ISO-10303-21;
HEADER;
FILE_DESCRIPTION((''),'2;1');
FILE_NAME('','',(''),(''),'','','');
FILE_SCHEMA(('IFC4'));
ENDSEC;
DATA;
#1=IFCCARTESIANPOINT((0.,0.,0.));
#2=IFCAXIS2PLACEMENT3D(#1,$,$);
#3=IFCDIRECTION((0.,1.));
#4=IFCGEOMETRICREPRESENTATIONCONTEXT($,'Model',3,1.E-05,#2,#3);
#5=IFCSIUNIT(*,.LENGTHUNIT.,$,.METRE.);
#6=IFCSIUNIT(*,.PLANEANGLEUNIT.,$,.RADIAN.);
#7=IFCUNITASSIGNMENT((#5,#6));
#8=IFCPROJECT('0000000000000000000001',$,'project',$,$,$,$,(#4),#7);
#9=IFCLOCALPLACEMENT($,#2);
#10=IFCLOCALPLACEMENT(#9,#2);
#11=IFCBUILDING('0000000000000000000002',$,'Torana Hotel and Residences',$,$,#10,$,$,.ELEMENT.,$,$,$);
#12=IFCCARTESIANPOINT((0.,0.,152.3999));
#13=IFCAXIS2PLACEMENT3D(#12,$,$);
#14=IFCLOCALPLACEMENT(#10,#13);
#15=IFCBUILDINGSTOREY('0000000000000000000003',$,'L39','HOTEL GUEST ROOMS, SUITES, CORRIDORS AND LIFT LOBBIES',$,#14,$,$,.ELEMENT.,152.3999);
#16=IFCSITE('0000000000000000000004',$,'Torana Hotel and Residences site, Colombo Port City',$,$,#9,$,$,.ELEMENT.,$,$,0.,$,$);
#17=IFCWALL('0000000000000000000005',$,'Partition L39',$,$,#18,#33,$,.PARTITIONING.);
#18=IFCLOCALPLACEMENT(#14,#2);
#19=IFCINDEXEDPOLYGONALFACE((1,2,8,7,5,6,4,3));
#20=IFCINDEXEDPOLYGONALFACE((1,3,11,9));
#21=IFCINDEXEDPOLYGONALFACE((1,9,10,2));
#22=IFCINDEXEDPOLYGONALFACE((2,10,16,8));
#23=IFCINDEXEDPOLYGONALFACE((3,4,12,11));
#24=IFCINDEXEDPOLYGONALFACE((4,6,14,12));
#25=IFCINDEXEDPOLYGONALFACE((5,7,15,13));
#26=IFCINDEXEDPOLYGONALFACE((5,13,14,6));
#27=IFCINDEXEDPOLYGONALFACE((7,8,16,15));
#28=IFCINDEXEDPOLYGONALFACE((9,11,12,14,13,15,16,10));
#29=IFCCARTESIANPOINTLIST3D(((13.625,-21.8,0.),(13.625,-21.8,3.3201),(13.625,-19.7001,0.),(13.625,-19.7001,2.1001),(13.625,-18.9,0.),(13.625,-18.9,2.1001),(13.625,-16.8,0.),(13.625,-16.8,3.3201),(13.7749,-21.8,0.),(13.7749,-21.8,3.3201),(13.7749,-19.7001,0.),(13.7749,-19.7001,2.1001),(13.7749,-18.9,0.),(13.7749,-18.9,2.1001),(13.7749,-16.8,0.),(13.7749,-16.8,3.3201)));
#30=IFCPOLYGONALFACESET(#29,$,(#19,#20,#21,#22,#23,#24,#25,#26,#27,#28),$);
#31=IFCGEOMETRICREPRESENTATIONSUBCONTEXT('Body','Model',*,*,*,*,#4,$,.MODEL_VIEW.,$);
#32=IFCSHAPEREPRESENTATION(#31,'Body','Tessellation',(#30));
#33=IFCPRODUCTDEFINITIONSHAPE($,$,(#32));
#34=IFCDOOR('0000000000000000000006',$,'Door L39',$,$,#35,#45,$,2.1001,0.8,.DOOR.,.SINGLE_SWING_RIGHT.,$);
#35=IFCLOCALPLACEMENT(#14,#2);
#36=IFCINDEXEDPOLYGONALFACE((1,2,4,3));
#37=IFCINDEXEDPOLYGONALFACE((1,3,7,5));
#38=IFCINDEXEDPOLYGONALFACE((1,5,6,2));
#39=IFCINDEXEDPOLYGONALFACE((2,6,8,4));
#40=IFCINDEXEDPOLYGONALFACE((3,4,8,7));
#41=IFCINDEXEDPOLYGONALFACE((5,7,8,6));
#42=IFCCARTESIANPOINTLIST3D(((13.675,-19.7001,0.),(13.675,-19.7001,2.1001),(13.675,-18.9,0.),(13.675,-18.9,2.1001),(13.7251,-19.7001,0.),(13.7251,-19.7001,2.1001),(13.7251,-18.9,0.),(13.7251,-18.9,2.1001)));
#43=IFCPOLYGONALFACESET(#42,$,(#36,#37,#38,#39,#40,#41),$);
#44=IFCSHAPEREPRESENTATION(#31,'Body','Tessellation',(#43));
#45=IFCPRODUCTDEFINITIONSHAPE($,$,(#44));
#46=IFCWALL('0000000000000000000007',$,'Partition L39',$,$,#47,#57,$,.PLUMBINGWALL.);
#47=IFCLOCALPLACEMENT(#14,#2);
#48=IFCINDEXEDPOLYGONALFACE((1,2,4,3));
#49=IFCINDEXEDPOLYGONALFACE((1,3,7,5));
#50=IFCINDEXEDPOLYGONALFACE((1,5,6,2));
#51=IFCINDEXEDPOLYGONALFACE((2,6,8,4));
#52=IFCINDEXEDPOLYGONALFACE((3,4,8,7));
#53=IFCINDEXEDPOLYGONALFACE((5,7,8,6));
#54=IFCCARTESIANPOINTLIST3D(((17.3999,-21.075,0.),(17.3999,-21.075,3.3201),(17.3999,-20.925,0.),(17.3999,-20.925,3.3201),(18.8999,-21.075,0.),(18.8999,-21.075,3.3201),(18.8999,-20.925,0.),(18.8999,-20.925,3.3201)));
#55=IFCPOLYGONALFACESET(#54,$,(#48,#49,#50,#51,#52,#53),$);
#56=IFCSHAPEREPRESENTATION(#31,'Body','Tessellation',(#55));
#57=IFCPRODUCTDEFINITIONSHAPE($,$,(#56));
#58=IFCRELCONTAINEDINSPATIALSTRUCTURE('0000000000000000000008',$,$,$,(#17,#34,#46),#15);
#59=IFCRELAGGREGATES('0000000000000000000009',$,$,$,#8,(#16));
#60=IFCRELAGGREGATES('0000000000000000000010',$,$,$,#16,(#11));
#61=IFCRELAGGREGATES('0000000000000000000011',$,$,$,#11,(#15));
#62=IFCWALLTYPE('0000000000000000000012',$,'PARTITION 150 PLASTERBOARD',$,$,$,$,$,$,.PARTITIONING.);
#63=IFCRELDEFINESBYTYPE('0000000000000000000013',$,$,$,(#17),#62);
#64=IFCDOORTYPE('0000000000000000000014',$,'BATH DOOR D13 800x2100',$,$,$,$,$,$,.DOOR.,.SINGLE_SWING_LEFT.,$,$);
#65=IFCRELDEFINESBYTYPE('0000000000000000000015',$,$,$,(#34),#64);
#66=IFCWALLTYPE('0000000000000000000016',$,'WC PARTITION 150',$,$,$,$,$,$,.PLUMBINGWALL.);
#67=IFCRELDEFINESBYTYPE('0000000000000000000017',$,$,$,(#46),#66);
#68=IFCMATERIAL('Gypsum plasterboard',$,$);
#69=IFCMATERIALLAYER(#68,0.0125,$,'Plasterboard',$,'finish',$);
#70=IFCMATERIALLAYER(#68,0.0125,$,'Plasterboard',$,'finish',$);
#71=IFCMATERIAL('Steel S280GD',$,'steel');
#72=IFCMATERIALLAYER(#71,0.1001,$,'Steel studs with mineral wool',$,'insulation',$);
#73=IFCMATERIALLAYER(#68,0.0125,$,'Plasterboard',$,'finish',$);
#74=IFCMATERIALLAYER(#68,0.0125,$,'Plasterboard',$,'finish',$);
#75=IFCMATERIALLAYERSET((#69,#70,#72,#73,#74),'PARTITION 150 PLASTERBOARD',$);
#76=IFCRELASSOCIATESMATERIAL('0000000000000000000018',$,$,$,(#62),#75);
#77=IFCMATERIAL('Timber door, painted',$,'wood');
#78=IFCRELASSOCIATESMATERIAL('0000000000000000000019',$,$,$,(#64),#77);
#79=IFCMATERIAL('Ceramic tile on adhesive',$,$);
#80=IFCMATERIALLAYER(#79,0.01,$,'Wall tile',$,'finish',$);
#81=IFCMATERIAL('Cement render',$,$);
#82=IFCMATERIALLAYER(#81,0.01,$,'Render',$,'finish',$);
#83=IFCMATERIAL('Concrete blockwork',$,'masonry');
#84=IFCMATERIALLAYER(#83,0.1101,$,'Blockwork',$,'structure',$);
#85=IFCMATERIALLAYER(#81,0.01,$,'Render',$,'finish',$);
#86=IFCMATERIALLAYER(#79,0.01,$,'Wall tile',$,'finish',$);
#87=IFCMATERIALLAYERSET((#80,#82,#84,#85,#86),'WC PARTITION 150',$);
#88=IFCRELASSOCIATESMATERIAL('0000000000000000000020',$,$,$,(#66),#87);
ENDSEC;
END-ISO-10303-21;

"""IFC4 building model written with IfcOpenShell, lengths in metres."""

from ifc_helpers import new_model, si_unit, direction, frame, frame_2d, origin, place, context, subcontext, project, spatial, rectangle, extrude, material, layer, layer_set, type_object, element, fill, save


model = new_model("IFC4")

# Units and contexts
model_context = context("Model", 3, precision=1e-05, world=origin(), true_north=direction((0.0, 1.0)))
body_context = subcontext(model_context, "Body", "Model", "MODEL_VIEW")
ifc_project = project(units=[si_unit("LENGTHUNIT", "METRE"), si_unit("PLANEANGLEUNIT", "RADIAN")], contexts=[model_context])

# Site, building, storey
site_placement = place(None, origin())
site = spatial("IfcSite", under=ifc_project, at=site_placement, Name="Torana Hotel and Residences site, Colombo Port City", CompositionType="ELEMENT", RefElevation=0.0)
building_placement = place(site_placement, origin())
building = spatial("IfcBuilding", under=site, at=building_placement, Name="Torana Hotel and Residences", CompositionType="ELEMENT")
storey_placement = place(building_placement, frame((0.0, 0.0, 152.3999)))
storey = spatial("IfcBuildingStorey", under=building, at=storey_placement, Name="L39", Description="HOTEL GUEST ROOMS, SUITES, CORRIDORS AND LIFT LOBBIES", CompositionType="ELEMENT", Elevation=152.3999)

# Shared definitions
ifc_material_1 = material(Name="Concrete blockwork", Category="masonry")

# Wall, opening, door
ifc_material_2 = material(Name="Gypsum plasterboard")
ifc_layer_1 = layer(ifc_material_2, 0.0125, Name="Plasterboard", Category="finish")
ifc_layer_2 = layer(ifc_material_2, 0.0125, Name="Plasterboard", Category="finish")
ifc_material_3 = material(Name="Steel S280GD", Category="steel")
ifc_layer_3 = layer(ifc_material_3, 0.1001, Name="Steel studs with mineral wool", Category="insulation")
ifc_layer_4 = layer(ifc_material_2, 0.0125, Name="Plasterboard", Category="finish")
ifc_layer_5 = layer(ifc_material_2, 0.0125, Name="Plasterboard", Category="finish")
ifc_layer_set_1 = layer_set([ifc_layer_1, ifc_layer_2, ifc_layer_3, ifc_layer_4, ifc_layer_5], Name="PARTITION 150 PLASTERBOARD")
wall_type_1 = type_object("IfcWallType", Name="PARTITION 150 PLASTERBOARD", PredefinedType="PARTITIONING", material=ifc_layer_set_1)
wall_1_placement = place(storey_placement, frame((13.7, -21.8, 0.0), z_axis=(0.0, 0.0, 1.0), x_axis=(0.0, 1.0, 0.0)))
wall_1 = element("IfcWall", 1, at=wall_1_placement, inside=storey, type_object=wall_type_1, Name="Partition L39", PredefinedType="PARTITIONING", context=body_context, shape_type="SweptSolid", body=[
    extrude(rectangle(XDim=5.0, YDim=0.1499, at=frame_2d((2.5, 0.0))), origin(), (0.0, 0.0, 1.0), 3.3201),
])
opening_1_placement = place(wall_1_placement, frame((2.1001, 0.0, 0.0)))
opening_1 = element("IfcOpeningElement", 2, at=opening_1_placement, cuts=wall_1, PredefinedType="OPENING", context=body_context, shape_type="SweptSolid", body=[
    extrude(rectangle(XDim=0.8, YDim=2.1001, at=frame_2d((0.3999, 1.05))), frame((0.0, 0.085, 0.0), z_axis=(0.0, -1.0, 0.0), x_axis=(1.0, 0.0, 0.0)), (0.0, 0.0, 1.0), 0.1699),
])
ifc_material_4 = material(Name="Timber door, painted", Category="wood")
door_type_1 = type_object("IfcDoorType", Name="BATH DOOR D13 800x2100", OperationType="SINGLE_SWING_LEFT", PredefinedType="DOOR", material=ifc_material_4)
door_1_placement = place(opening_1_placement, origin())
door_1 = element("IfcDoor", 3, at=door_1_placement, inside=storey, type_object=door_type_1, Name="Door L39", OperationType="SINGLE_SWING_RIGHT", OverallHeight=2.1001, OverallWidth=0.8, PredefinedType="DOOR", context=body_context, shape_type="SweptSolid", body=[
    extrude(rectangle(XDim=0.8, YDim=2.1001, at=frame_2d((0.3999, 1.05))), frame((0.0, 0.0249, 0.0), z_axis=(0.0, -1.0, 0.0), x_axis=(1.0, 0.0, 0.0)), (0.0, 0.0, 1.0), 0.05),
])
fill(opening_1, door_1)

# Wall
ifc_material_5 = material(Name="Ceramic tile on adhesive")
ifc_layer_6 = layer(ifc_material_5, 0.01, Name="Wall tile", Category="finish")
ifc_material_6 = material(Name="Cement render")
ifc_layer_7 = layer(ifc_material_6, 0.01, Name="Render", Category="finish")
ifc_layer_8 = layer(ifc_material_1, 0.1101, Name="Blockwork", Category="structure")
ifc_layer_9 = layer(ifc_material_6, 0.01, Name="Render", Category="finish")
ifc_layer_10 = layer(ifc_material_5, 0.01, Name="Wall tile", Category="finish")
ifc_layer_set_2 = layer_set([ifc_layer_6, ifc_layer_7, ifc_layer_8, ifc_layer_9, ifc_layer_10], Name="WC PARTITION 150")
wall_type_2 = type_object("IfcWallType", Name="WC PARTITION 150", PredefinedType="PLUMBINGWALL", material=ifc_layer_set_2)
wall_2_placement = place(storey_placement, frame((17.3999, -21.0, 0.0), z_axis=(0.0, 0.0, 1.0), x_axis=(1.0, 0.0, 0.0)))
element("IfcWall", 4, at=wall_2_placement, inside=storey, type_object=wall_type_2, Name="Partition L39", PredefinedType="PLUMBINGWALL", context=body_context, shape_type="SweptSolid", body=[
    extrude(rectangle(XDim=1.5, YDim=0.1499, at=frame_2d((0.75, 0.0))), origin(), (0.0, 0.0, 1.0), 3.3201),
])

save(model, "model.ifc")
